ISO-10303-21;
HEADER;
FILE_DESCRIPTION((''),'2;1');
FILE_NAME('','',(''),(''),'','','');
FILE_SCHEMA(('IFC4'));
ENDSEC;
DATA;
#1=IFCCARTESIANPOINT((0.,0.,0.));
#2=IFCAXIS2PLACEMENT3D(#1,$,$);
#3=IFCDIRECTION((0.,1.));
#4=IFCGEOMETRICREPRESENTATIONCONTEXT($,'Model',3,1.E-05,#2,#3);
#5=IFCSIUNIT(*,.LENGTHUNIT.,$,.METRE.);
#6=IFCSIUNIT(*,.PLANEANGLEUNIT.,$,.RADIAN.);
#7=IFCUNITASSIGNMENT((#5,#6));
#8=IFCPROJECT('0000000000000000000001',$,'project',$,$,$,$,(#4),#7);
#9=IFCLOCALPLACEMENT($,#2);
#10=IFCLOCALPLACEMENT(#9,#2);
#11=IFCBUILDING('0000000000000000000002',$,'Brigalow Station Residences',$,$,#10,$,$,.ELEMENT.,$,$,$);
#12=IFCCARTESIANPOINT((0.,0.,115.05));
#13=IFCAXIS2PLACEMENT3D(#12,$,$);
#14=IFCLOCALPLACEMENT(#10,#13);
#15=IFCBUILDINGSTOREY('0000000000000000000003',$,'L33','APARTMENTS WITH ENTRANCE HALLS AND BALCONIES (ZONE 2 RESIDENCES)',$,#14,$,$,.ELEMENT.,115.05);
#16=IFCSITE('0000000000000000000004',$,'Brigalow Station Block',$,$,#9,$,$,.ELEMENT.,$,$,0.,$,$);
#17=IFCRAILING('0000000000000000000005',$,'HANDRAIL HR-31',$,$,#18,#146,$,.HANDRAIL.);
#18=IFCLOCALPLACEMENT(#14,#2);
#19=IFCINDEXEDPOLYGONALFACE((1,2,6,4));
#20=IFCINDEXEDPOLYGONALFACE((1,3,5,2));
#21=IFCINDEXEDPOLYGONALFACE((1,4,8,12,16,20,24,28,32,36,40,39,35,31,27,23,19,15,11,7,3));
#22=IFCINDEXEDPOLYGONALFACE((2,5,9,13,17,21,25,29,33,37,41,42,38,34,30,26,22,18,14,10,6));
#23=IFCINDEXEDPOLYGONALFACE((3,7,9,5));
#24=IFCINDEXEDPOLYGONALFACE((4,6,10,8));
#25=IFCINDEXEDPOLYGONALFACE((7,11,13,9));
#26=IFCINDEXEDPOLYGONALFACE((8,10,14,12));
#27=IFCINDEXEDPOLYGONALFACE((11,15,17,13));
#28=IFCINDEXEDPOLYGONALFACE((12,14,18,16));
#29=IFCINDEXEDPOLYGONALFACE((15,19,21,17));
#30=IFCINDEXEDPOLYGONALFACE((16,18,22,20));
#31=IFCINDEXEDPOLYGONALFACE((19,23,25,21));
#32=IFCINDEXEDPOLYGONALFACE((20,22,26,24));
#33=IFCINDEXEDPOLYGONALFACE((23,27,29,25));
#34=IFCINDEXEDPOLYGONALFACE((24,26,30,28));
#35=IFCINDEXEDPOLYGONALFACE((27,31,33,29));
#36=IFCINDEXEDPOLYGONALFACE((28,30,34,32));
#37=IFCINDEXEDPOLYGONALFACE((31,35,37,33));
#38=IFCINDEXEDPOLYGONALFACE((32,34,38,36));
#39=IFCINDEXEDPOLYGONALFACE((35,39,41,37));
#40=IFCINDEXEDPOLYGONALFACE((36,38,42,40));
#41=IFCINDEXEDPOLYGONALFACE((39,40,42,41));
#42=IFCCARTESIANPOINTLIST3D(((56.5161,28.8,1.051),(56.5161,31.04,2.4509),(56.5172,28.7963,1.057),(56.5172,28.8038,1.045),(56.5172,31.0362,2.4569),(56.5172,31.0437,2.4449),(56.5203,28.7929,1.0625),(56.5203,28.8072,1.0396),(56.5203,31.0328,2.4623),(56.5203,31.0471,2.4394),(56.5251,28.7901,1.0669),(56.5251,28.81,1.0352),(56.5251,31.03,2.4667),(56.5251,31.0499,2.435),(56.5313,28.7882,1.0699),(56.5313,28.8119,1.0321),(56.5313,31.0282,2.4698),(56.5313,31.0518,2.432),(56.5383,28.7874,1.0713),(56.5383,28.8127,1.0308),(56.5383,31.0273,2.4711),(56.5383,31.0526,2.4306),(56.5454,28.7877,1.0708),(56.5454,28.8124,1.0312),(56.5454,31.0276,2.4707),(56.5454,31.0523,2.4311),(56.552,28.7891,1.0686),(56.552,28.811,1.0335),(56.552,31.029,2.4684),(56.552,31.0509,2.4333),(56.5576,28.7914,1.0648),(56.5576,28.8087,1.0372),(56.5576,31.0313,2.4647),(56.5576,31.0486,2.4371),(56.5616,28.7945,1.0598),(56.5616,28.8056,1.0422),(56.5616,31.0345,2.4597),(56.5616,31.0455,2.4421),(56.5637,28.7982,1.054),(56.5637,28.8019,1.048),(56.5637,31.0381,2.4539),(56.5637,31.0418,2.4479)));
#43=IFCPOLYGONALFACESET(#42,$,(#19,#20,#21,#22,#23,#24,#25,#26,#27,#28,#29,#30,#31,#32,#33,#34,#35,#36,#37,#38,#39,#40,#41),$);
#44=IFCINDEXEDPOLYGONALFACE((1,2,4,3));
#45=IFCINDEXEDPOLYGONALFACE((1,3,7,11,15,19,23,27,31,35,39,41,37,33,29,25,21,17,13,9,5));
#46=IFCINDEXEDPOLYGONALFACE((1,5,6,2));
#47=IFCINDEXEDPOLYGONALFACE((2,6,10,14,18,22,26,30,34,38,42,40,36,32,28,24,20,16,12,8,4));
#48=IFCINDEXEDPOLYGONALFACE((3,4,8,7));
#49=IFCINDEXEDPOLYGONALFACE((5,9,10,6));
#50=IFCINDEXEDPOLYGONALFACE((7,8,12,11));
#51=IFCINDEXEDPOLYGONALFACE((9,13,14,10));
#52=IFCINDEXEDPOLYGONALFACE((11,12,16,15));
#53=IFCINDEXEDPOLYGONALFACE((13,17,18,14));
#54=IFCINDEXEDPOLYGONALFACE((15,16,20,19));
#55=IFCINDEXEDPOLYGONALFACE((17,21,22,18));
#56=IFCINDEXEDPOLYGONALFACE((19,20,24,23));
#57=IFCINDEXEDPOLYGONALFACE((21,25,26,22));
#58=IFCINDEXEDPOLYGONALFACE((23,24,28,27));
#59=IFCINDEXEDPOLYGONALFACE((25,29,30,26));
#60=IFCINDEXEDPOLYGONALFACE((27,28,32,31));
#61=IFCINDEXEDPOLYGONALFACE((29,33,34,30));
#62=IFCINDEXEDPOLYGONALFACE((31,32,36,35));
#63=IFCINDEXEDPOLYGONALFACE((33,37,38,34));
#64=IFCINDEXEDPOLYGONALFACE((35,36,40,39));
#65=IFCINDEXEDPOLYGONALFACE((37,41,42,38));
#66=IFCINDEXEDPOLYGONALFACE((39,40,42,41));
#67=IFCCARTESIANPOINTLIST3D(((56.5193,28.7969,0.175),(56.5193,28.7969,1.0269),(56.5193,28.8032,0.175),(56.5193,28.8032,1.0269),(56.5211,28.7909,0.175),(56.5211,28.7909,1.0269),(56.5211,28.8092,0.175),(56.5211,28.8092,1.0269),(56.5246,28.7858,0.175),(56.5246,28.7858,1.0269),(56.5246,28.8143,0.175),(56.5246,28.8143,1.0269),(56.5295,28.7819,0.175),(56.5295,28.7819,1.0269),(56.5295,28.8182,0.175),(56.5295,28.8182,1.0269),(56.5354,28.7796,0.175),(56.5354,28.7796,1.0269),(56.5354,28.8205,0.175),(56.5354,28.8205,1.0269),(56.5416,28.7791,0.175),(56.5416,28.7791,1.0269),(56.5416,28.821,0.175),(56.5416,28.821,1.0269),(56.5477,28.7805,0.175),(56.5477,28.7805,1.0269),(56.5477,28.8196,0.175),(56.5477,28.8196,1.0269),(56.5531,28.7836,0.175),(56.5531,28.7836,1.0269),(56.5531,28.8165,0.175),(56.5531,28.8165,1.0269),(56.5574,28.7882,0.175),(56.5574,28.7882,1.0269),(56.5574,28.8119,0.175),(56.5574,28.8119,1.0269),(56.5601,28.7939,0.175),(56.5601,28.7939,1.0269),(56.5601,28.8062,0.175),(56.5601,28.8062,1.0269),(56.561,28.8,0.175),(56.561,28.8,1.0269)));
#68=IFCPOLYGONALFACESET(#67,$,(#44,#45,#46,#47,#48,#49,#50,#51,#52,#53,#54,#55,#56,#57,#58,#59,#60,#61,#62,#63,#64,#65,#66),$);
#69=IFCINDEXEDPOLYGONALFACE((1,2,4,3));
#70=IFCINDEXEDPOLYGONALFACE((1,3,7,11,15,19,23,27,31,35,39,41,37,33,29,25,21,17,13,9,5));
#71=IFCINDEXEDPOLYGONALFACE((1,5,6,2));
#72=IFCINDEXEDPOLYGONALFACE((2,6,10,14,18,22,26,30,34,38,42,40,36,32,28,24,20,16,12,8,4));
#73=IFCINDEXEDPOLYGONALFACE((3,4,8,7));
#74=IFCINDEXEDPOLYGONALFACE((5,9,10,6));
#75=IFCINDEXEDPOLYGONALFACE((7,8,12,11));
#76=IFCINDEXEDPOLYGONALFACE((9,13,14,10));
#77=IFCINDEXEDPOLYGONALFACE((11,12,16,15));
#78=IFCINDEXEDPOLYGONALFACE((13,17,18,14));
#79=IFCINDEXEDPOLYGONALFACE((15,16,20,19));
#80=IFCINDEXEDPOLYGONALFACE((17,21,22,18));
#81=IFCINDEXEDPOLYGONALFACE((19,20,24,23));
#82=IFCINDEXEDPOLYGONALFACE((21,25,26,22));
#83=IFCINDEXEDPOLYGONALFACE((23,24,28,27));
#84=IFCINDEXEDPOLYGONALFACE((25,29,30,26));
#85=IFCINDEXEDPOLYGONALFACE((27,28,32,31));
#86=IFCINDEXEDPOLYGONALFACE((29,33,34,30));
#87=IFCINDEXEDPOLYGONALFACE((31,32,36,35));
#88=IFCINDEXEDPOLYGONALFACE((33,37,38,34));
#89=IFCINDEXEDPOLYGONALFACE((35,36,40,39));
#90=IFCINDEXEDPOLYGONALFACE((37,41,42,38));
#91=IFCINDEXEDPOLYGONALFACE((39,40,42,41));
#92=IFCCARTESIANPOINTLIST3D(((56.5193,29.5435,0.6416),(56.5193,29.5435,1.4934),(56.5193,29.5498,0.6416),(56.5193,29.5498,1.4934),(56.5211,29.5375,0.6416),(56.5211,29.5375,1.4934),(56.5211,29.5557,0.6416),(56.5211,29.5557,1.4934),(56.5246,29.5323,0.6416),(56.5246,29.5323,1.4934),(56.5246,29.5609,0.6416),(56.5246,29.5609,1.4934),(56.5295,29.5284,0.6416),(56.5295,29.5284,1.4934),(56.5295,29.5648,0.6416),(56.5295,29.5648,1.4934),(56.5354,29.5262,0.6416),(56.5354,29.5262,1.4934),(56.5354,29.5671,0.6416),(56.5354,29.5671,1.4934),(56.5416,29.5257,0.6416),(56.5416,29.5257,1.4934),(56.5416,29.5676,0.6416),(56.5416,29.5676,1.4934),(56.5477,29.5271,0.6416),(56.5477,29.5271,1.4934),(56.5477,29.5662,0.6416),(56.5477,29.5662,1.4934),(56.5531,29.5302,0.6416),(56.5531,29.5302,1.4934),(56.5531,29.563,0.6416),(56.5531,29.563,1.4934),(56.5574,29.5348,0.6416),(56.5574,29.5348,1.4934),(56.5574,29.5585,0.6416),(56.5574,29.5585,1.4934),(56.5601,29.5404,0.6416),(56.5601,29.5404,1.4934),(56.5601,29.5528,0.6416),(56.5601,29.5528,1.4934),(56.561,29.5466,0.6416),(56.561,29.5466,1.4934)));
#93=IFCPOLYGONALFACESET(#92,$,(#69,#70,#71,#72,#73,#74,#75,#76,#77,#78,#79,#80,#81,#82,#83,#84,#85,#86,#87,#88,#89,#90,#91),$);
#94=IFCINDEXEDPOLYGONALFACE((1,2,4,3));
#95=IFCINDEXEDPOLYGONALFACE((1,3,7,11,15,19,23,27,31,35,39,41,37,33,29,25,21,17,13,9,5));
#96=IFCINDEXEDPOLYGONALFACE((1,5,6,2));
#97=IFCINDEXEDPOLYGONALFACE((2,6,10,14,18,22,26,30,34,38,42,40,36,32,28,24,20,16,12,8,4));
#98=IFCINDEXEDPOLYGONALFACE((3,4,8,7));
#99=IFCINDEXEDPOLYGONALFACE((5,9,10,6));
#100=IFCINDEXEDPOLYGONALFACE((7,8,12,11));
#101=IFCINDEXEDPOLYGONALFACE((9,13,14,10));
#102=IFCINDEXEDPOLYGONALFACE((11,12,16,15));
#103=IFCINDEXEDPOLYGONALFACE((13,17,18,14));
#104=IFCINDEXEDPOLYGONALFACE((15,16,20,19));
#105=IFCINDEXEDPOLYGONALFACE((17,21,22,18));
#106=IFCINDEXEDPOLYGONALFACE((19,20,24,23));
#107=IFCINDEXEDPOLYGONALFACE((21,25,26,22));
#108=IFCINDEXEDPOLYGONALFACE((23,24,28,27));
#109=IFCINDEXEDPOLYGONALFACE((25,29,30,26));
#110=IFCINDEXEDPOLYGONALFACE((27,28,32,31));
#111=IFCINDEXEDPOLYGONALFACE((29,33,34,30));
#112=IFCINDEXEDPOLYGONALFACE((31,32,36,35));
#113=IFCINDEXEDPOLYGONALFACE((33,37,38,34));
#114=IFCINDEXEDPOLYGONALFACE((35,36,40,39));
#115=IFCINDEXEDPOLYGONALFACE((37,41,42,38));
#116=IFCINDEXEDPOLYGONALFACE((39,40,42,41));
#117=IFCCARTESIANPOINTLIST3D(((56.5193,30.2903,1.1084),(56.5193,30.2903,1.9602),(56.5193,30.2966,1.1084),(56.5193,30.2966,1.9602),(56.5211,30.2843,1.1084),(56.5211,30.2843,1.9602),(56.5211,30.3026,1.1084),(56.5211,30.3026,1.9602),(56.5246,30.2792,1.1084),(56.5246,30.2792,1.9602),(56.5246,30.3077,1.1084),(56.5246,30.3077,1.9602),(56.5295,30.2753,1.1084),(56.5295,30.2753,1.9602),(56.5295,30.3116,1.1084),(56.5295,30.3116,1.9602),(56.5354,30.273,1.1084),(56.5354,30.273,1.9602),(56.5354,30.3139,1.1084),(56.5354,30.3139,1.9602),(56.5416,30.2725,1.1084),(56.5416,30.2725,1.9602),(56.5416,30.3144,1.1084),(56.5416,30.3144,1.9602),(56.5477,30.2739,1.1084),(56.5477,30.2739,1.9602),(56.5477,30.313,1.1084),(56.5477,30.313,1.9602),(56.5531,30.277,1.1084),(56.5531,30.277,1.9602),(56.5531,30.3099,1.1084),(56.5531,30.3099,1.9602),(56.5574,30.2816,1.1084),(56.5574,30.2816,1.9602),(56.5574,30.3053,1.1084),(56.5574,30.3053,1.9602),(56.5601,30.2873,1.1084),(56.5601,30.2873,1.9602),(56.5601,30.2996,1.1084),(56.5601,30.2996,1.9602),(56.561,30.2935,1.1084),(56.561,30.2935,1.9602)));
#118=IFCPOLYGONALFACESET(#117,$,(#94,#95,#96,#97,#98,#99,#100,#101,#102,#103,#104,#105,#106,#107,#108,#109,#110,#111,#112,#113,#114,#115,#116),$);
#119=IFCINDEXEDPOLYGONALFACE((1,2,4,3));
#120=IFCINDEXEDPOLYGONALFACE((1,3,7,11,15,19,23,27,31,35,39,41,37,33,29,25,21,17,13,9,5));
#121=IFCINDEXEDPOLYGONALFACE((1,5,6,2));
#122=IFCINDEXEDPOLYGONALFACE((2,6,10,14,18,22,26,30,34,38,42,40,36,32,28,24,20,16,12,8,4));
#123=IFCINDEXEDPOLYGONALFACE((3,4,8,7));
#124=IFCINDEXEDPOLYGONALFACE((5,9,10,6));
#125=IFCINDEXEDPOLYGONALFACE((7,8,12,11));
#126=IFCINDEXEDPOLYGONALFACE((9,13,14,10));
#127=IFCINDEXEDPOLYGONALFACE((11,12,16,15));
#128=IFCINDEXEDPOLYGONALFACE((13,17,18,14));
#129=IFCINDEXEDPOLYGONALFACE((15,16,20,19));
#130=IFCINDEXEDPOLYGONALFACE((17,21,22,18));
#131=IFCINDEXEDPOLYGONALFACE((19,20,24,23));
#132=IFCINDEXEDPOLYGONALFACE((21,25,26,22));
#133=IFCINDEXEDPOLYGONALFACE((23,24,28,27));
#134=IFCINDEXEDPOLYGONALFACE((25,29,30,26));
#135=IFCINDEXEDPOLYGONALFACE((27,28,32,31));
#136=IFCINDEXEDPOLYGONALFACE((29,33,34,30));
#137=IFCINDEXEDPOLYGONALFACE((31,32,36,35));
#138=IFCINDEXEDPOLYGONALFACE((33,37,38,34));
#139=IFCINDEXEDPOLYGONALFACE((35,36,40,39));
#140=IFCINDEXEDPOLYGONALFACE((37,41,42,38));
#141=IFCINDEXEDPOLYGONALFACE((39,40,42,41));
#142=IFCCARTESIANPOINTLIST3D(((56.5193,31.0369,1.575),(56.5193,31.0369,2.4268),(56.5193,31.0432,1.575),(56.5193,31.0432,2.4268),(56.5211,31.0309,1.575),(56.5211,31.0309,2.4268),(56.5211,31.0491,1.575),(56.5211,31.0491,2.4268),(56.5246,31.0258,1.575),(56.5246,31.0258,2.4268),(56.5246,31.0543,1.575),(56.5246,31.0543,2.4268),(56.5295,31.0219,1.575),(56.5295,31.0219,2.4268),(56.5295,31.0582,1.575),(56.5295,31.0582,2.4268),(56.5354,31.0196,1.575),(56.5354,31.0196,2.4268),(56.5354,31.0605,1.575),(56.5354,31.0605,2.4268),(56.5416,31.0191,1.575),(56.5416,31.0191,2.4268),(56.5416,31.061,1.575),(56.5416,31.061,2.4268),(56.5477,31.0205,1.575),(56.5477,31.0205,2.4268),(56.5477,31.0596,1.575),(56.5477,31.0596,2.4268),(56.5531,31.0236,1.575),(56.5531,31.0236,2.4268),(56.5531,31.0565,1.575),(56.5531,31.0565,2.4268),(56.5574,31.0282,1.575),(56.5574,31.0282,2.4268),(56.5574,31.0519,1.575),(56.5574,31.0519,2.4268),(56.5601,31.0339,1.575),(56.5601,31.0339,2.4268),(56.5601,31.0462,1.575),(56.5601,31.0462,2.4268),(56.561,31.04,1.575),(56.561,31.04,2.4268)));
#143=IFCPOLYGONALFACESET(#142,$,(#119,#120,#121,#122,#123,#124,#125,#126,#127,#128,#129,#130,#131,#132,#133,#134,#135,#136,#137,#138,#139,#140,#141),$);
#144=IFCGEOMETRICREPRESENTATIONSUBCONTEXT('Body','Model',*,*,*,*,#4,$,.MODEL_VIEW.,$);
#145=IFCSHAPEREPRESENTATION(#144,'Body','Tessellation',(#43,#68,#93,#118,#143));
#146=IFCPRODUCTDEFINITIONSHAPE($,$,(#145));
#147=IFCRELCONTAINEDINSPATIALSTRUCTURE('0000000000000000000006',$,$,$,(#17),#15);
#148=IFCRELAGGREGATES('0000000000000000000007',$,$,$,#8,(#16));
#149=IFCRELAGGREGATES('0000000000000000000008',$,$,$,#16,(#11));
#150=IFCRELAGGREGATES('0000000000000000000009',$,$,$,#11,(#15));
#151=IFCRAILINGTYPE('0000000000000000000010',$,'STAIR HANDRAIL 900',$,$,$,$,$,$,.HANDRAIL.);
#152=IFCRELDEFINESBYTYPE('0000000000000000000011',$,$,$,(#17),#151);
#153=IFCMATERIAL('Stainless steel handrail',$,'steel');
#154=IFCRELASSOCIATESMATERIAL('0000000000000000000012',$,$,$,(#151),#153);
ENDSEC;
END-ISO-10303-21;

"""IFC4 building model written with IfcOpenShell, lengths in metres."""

from ifc_helpers import new_model, si_unit, direction, frame, origin, origin_2d, place, context, subcontext, project, spatial, circle, extrude, material, type_object, element, save


model = new_model("IFC4")

# Units and contexts
model_context = context("Model", 3, precision=1e-05, world=origin(), true_north=direction((0.0, 1.0)))
body_context = subcontext(model_context, "Body", "Model", "MODEL_VIEW")
ifc_project = project(units=[si_unit("LENGTHUNIT", "METRE"), si_unit("PLANEANGLEUNIT", "RADIAN")], contexts=[model_context])

# Site, building, storey
site_placement = place(None, origin())
site = spatial("IfcSite", under=ifc_project, at=site_placement, Name="Brigalow Station Block", CompositionType="ELEMENT", RefElevation=0.0)
building_placement = place(site_placement, origin())
building = spatial("IfcBuilding", under=site, at=building_placement, Name="Brigalow Station Residences", CompositionType="ELEMENT")
storey_placement = place(building_placement, frame((0.0, 0.0, 115.05)))
storey = spatial("IfcBuildingStorey", under=building, at=storey_placement, Name="L33", Description="APARTMENTS WITH ENTRANCE HALLS AND BALCONIES (ZONE 2 RESIDENCES)", CompositionType="ELEMENT", Elevation=115.05)

# Railing
ifc_material_1 = material(Name="Stainless steel handrail", Category="steel")
railing_type_1 = type_object("IfcRailingType", Name="STAIR HANDRAIL 900", PredefinedType="HANDRAIL", material=ifc_material_1)
railing_1_placement = place(storey_placement, frame((56.54, 28.8, 0.175)))
element("IfcRailing", 1, at=railing_1_placement, inside=storey, type_object=railing_type_1, Name="HANDRAIL HR-31", PredefinedType="HANDRAIL", context=body_context, shape_type="SweptSolid", body=[
    extrude(circle(Radius=0.0239, at=origin_2d()), frame((0.0, 0.0, 0.876), z_axis=(0.0, 0.848014, 0.529974), x_axis=(-1.0, 0.0, 0.0)), (0.0, 0.0, 1.0), 2.6414),
    extrude(circle(Radius=0.021, at=origin_2d()), origin(), (0.0, 0.0, 1.0), 0.8518),
    extrude(circle(Radius=0.021, at=origin_2d()), frame((0.0, 0.7466, 0.4666)), (0.0, 0.0, 1.0), 0.8518),
    extrude(circle(Radius=0.021, at=origin_2d()), frame((0.0, 1.4934, 0.9333)), (0.0, 0.0, 1.0), 0.8518),
    extrude(circle(Radius=0.021, at=origin_2d()), frame((0.0, 2.24, 1.3999)), (0.0, 0.0, 1.0), 0.8518),
])

save(model, "model.ifc")
